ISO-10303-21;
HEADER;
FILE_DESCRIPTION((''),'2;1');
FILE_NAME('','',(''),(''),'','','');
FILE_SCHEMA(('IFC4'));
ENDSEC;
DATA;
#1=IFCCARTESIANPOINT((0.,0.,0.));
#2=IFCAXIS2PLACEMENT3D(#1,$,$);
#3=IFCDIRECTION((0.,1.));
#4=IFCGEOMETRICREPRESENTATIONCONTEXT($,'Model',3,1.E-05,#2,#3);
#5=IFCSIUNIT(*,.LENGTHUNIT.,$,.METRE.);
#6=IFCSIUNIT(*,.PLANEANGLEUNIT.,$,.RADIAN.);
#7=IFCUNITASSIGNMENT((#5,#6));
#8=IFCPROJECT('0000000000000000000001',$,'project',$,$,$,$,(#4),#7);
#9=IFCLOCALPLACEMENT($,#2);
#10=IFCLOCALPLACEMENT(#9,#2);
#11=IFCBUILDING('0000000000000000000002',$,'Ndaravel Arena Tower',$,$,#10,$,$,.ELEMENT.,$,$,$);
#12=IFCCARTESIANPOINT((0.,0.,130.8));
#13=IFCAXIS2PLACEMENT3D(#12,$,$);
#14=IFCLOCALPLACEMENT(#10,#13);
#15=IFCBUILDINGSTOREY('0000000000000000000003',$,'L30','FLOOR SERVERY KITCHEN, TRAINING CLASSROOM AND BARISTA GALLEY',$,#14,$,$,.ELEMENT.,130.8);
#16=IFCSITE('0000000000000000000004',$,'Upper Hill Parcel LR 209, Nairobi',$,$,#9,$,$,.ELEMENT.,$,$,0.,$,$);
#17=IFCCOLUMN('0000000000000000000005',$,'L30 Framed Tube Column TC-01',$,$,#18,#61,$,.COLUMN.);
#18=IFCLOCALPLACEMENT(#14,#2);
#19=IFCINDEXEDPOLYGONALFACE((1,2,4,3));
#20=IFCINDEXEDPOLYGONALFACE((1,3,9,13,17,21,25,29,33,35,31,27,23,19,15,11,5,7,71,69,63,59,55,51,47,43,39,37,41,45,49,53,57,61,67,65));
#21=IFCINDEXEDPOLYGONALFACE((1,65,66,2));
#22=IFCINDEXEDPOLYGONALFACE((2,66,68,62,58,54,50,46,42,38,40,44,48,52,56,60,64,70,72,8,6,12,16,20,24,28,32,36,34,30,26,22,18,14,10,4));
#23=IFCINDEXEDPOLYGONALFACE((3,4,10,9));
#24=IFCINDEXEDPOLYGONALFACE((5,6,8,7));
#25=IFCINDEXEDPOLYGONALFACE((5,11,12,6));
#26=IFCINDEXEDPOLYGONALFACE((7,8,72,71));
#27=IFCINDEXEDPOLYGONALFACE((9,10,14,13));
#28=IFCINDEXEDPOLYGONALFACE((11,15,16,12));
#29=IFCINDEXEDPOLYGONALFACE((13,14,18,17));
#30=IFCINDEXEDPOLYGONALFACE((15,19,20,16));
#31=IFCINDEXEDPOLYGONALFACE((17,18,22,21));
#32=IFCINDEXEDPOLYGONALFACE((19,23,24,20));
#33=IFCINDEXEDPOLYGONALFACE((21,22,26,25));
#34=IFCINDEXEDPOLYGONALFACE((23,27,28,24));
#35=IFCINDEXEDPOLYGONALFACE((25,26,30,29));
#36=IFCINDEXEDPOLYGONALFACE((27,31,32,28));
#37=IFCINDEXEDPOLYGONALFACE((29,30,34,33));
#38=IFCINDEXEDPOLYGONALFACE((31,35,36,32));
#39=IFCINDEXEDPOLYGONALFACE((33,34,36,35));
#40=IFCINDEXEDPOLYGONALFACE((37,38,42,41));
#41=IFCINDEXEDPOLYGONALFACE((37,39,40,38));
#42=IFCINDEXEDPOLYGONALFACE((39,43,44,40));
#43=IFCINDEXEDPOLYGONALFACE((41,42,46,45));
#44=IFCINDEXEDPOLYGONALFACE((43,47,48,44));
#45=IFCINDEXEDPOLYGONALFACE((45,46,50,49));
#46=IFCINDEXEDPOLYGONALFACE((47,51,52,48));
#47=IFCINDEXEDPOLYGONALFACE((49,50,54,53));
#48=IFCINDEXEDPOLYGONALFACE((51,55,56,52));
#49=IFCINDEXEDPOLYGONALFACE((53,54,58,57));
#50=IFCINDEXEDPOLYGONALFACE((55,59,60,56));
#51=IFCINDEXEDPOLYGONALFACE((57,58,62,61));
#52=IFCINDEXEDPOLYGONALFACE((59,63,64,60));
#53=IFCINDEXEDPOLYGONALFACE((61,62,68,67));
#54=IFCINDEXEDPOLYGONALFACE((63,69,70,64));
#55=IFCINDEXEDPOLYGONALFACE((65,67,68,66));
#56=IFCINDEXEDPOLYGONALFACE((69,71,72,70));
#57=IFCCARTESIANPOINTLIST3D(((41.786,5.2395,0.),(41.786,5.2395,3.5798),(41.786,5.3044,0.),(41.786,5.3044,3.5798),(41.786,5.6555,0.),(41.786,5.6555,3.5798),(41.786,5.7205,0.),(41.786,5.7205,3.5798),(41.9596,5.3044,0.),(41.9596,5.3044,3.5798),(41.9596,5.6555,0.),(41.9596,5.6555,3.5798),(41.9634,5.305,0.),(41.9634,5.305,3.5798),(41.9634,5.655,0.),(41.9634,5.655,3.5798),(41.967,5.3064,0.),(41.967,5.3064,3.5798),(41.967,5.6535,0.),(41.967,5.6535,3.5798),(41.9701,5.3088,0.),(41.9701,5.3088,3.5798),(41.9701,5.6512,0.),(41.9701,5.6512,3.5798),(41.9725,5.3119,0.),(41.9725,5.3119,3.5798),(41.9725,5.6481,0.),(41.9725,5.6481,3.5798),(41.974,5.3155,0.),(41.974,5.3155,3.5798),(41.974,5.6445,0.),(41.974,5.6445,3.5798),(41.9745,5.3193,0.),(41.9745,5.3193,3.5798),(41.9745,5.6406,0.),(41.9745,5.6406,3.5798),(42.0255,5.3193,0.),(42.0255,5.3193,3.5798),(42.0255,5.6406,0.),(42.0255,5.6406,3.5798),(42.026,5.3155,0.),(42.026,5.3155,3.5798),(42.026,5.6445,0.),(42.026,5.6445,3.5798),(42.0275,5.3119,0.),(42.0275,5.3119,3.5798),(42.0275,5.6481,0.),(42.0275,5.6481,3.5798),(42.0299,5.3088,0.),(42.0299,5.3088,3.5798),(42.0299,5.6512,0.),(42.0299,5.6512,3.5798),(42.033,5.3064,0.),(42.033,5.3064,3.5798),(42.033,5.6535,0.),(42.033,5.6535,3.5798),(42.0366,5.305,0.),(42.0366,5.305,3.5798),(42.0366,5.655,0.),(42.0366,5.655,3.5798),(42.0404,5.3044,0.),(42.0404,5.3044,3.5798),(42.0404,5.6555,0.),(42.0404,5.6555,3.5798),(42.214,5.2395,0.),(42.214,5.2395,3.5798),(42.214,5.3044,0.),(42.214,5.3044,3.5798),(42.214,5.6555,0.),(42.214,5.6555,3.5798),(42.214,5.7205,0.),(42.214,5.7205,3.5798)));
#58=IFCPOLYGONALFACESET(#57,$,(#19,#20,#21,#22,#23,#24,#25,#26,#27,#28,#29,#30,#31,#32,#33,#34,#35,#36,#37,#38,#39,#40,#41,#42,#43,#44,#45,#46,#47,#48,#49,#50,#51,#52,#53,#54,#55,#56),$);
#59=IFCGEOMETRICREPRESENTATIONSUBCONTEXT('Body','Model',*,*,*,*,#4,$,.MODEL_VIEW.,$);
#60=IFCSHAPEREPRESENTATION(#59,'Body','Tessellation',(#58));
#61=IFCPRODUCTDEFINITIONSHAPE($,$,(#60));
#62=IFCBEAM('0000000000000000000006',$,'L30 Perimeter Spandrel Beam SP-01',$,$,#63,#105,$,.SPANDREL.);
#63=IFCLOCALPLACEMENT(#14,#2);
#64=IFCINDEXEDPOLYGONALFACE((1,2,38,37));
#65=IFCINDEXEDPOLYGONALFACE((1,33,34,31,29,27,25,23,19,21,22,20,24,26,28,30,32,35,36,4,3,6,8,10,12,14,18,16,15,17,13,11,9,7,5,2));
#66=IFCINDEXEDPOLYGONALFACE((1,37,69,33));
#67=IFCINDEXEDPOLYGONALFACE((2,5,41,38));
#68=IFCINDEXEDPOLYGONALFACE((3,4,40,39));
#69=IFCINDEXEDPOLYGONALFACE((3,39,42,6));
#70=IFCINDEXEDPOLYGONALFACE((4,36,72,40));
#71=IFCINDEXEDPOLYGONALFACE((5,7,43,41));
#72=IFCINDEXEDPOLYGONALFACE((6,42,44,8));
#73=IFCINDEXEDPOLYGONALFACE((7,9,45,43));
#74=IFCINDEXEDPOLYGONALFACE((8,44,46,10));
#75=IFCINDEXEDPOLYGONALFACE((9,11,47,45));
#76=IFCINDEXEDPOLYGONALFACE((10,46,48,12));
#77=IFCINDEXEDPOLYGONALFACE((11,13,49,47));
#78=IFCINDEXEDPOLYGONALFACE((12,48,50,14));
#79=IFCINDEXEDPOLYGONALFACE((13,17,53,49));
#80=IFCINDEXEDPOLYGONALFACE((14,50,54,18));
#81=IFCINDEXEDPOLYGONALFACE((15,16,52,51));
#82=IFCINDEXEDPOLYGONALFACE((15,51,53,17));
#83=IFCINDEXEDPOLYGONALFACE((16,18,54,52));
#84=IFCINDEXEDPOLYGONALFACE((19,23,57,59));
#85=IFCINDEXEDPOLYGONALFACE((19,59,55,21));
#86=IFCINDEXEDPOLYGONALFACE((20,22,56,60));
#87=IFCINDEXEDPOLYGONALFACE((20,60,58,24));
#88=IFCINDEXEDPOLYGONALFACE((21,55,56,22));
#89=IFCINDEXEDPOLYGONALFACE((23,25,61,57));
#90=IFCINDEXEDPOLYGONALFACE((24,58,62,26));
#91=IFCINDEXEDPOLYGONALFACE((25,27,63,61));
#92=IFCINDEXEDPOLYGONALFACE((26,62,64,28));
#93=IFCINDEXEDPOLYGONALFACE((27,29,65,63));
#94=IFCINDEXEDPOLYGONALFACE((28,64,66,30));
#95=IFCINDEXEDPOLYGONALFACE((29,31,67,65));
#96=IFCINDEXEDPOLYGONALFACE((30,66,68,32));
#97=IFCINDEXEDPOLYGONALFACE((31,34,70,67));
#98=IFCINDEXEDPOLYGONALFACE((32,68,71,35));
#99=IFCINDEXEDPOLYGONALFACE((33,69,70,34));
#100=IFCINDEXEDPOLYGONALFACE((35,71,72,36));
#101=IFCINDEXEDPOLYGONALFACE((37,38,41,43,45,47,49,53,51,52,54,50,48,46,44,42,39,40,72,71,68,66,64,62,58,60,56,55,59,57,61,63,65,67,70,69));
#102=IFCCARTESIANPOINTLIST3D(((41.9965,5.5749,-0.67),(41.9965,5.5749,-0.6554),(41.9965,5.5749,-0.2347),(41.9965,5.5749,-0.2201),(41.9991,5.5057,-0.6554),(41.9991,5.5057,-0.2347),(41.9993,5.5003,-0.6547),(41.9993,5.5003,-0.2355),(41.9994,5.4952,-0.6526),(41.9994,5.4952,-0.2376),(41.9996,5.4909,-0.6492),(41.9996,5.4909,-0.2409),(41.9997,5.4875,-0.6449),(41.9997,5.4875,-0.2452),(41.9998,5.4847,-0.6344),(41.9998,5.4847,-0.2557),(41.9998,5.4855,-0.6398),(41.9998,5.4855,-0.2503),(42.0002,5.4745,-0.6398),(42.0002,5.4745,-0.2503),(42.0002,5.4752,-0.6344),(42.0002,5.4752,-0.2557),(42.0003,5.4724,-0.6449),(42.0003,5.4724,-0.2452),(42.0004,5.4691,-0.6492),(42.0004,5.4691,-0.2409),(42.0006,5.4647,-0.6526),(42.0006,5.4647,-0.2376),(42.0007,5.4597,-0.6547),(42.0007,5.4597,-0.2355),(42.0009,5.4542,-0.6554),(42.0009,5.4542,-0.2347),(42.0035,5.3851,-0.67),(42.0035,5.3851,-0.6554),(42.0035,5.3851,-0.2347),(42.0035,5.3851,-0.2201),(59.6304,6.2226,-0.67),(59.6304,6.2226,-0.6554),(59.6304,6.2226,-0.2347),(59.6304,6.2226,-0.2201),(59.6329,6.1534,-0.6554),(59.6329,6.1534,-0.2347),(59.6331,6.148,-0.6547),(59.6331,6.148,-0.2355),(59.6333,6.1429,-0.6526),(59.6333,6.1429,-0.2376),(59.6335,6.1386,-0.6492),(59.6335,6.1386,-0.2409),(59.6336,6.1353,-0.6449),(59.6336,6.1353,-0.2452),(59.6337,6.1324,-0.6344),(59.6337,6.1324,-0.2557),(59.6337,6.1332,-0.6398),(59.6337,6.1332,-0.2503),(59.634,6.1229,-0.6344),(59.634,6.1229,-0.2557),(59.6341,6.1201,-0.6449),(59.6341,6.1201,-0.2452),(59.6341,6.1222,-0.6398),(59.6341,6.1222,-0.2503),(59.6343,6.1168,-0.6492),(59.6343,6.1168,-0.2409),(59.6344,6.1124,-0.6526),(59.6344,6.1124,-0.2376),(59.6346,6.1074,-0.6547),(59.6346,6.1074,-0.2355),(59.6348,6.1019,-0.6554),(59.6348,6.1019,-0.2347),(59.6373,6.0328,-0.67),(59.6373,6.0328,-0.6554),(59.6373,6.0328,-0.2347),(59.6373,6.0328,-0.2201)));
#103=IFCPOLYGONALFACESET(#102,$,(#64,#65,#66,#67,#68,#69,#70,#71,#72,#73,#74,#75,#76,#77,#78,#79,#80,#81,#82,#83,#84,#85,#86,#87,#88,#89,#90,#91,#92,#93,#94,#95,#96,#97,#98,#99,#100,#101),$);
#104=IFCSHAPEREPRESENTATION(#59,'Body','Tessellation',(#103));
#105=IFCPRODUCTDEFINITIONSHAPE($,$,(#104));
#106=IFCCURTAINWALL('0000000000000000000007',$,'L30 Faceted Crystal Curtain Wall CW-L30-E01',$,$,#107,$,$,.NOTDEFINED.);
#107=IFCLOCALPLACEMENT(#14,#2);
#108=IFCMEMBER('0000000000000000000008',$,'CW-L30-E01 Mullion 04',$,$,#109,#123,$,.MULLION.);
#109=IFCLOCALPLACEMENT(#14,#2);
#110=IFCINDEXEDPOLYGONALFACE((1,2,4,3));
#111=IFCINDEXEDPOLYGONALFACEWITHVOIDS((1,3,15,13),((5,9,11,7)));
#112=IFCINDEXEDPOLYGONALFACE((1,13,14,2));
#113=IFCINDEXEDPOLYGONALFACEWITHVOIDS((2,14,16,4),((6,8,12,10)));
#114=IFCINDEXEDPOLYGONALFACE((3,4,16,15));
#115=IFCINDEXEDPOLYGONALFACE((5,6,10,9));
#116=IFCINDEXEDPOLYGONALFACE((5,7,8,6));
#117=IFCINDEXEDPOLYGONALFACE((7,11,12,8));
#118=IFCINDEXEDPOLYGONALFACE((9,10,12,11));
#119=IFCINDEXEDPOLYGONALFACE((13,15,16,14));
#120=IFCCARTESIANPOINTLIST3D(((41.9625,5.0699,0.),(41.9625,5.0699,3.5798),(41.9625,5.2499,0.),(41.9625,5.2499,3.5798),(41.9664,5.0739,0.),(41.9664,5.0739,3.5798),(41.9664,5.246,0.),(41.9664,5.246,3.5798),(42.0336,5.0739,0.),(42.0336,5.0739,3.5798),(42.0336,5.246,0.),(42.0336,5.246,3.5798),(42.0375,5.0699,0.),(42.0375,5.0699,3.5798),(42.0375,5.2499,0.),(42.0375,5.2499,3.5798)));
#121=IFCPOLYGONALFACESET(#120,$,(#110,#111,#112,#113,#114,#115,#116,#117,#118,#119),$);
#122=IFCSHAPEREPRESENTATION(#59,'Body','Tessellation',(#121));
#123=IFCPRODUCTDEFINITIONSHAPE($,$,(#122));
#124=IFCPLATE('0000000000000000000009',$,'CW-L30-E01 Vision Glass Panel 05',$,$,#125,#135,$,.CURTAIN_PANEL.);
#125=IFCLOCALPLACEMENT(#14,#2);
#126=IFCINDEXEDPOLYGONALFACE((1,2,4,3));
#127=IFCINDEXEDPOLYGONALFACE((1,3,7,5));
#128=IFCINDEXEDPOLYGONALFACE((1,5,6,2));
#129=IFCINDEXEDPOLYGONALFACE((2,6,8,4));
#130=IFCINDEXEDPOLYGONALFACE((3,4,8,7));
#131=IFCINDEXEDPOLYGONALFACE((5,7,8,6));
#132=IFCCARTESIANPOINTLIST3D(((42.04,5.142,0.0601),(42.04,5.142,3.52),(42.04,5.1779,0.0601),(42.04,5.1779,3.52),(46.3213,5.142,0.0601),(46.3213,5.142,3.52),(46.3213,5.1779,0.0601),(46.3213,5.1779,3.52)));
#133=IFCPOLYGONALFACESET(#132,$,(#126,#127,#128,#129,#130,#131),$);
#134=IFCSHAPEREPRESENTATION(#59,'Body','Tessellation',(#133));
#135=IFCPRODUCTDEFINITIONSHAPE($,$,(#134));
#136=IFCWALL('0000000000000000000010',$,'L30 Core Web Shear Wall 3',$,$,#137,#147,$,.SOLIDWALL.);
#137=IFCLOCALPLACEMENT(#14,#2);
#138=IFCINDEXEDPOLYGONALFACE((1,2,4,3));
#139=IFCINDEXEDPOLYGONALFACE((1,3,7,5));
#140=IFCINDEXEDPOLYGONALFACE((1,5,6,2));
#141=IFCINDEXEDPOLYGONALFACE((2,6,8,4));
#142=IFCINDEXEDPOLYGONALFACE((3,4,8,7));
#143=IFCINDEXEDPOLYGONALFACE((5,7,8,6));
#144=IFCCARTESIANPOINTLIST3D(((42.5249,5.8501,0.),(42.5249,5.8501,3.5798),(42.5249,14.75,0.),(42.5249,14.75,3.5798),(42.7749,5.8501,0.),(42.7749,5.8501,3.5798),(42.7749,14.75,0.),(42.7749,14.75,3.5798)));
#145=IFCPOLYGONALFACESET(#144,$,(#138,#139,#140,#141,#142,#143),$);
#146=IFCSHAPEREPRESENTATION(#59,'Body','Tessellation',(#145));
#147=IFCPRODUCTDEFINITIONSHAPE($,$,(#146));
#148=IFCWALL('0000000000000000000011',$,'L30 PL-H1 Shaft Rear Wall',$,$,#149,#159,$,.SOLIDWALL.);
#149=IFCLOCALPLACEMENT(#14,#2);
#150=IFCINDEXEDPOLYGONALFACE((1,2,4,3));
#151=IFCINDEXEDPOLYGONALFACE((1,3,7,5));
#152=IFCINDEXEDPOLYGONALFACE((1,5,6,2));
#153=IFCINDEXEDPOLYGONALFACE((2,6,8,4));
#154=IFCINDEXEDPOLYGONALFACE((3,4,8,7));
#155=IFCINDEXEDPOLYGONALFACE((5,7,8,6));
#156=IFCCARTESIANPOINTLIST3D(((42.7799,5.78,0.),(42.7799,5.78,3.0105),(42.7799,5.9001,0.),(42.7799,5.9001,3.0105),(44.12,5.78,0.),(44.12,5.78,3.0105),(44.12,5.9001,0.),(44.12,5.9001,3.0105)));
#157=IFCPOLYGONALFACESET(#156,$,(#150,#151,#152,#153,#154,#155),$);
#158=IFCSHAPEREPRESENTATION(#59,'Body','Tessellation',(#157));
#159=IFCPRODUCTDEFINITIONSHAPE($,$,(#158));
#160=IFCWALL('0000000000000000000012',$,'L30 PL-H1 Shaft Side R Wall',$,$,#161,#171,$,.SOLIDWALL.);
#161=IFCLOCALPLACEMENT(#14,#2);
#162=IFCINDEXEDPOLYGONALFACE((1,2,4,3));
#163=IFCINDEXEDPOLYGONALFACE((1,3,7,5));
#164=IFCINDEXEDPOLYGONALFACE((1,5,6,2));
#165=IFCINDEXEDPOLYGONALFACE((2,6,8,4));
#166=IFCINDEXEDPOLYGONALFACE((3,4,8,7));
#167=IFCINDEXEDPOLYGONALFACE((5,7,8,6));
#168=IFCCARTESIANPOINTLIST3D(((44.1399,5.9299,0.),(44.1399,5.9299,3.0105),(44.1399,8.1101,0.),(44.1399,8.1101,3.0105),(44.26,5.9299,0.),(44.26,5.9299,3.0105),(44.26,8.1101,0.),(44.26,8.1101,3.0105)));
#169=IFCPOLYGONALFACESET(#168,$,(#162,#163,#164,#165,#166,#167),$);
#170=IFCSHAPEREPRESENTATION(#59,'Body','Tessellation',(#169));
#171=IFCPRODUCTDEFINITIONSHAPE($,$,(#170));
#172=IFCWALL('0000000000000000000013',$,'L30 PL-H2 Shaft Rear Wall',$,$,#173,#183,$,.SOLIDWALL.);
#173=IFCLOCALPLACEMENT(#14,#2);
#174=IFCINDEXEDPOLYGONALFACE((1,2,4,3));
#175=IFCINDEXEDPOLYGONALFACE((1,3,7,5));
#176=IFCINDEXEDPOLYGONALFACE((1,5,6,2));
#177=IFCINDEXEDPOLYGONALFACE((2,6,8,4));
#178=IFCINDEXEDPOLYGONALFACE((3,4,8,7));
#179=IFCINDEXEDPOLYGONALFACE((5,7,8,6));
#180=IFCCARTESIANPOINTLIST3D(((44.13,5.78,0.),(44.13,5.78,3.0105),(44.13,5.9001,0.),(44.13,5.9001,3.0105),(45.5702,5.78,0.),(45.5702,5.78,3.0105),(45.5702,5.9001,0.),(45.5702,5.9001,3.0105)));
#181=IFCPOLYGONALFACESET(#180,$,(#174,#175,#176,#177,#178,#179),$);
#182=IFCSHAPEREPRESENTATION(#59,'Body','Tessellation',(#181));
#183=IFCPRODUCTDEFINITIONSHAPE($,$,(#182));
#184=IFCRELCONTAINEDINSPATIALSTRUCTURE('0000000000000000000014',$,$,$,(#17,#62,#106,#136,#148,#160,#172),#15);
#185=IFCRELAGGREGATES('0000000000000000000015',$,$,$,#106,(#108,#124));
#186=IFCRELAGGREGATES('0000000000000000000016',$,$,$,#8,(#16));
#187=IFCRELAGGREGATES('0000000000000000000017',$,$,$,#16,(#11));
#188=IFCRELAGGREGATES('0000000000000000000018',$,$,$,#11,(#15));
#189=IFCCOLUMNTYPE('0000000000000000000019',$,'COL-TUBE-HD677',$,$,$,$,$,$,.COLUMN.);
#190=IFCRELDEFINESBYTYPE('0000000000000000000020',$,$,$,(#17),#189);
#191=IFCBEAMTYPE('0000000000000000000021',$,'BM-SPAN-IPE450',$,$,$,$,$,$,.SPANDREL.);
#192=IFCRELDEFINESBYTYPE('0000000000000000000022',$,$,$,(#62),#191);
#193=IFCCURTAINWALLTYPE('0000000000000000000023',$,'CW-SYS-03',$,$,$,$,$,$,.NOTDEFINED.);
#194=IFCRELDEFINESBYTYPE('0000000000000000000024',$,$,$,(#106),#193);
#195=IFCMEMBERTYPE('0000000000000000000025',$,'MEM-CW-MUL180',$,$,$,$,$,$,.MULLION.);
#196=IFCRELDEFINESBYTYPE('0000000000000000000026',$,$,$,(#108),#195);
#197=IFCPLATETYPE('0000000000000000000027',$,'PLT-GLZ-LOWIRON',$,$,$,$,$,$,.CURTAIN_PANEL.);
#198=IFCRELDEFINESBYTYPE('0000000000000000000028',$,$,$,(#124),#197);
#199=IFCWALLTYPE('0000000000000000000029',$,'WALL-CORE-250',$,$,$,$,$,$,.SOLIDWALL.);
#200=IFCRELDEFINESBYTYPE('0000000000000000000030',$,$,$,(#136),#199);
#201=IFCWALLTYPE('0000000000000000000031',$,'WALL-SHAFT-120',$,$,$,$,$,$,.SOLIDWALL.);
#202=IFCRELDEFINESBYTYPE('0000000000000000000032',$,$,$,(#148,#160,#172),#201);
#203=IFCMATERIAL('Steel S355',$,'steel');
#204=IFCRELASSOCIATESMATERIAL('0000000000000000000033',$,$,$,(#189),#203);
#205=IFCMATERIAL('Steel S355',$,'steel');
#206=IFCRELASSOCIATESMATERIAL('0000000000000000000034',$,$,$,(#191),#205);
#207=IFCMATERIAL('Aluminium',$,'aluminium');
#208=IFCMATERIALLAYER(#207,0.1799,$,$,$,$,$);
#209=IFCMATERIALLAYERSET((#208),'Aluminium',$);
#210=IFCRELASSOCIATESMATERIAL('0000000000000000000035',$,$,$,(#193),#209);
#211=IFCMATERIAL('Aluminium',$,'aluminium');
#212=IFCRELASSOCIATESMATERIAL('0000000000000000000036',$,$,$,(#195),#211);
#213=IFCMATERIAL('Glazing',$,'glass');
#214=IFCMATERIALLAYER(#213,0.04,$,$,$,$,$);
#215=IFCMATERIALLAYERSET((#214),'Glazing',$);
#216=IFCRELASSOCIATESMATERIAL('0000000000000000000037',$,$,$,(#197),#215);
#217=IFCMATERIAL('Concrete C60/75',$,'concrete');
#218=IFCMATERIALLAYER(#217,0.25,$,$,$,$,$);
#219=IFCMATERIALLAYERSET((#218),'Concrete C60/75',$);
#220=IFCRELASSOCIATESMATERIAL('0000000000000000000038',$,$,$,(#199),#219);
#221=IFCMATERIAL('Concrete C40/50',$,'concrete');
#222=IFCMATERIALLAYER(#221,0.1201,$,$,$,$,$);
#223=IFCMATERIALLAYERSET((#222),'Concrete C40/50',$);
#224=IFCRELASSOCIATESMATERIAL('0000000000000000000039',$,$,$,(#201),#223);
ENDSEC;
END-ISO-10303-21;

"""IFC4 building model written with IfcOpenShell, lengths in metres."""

from ifc_helpers import new_model, si_unit, direction, frame, frame_2d, origin, origin_2d, place, context, subcontext, project, spatial, rectangle, hollow_rectangle, i_section, extrude, material, layer, layer_set, material_profile, profile_set, type_object, element, aggregate, save


model = new_model("IFC4")

# Units and contexts
model_context = context("Model", 3, precision=1e-05, world=origin(), true_north=direction((0.0, 1.0)))
body_context = subcontext(model_context, "Body", "Model", "MODEL_VIEW")
ifc_project = project(units=[si_unit("LENGTHUNIT", "METRE"), si_unit("PLANEANGLEUNIT", "RADIAN")], contexts=[model_context])

# Site, building, storey
site_placement = place(None, origin())
site = spatial("IfcSite", under=ifc_project, at=site_placement, Name="Upper Hill Parcel LR 209, Nairobi", CompositionType="ELEMENT", RefElevation=0.0)
building_placement = place(site_placement, origin())
building = spatial("IfcBuilding", under=site, at=building_placement, Name="Ndaravel Arena Tower", CompositionType="ELEMENT")
storey_placement = place(building_placement, frame((0.0, 0.0, 130.8)))
storey = spatial("IfcBuildingStorey", under=building, at=storey_placement, Name="L30", Description="FLOOR SERVERY KITCHEN, TRAINING CLASSROOM AND BARISTA GALLEY", CompositionType="ELEMENT", Elevation=130.8)

# Column
ifc_material_1 = material(Name="Steel S355", Category="steel")
ifc_material_profile_1 = material_profile(ifc_material_1, i_section(OverallWidth=0.428, OverallDepth=0.481, WebThickness=0.051, FlangeThickness=0.0649, FilletRadius=0.0149, at=origin_2d()), Name="HD 400x677")
ifc_profile_set_1 = profile_set([ifc_material_profile_1], Name="Steel S355")
column_type = type_object("IfcColumnType", Name="COL-TUBE-HD677", PredefinedType="COLUMN", material=ifc_profile_set_1)
column_placement = place(storey_placement, frame((42.0, 5.48, 0.0), z_axis=(0.0, 0.0, 1.0), x_axis=(1.0, 0.0, 0.0)))
element("IfcColumn", 1, at=column_placement, inside=storey, type_object=column_type, Name="L30 Framed Tube Column TC-01", PredefinedType="COLUMN", context=body_context, shape_type="SweptSolid", body=[
    extrude(i_section(OverallWidth=0.428, OverallDepth=0.481, WebThickness=0.051, FlangeThickness=0.0649, FilletRadius=0.0149, at=origin_2d()), origin(), (0.0, 0.0, 1.0), 3.5798),
])

# Beam
ifc_material_2 = material(Name="Steel S355", Category="steel")
ifc_material_profile_2 = material_profile(ifc_material_2, i_section(OverallWidth=0.1899, OverallDepth=0.45, WebThickness=0.0095, FlangeThickness=0.0146, FilletRadius=0.021, at=origin_2d()), Name="IPE 450")
ifc_profile_set_2 = profile_set([ifc_material_profile_2], Name="Steel S355")
beam_type = type_object("IfcBeamType", Name="BM-SPAN-IPE450", PredefinedType="SPANDREL", material=ifc_profile_set_2)
beam_placement = place(storey_placement, frame((42.0, 5.48, -0.4451), z_axis=(0.999326, 0.036706, 0.0), x_axis=(-0.036706, 0.999326, 0.0)))
element("IfcBeam", 2, at=beam_placement, inside=storey, type_object=beam_type, Name="L30 Perimeter Spandrel Beam SP-01", PredefinedType="SPANDREL", context=body_context, shape_type="SweptSolid", body=[
    extrude(i_section(OverallWidth=0.1899, OverallDepth=0.45, WebThickness=0.0095, FlangeThickness=0.0146, FilletRadius=0.021, at=origin_2d()), origin(), (0.0, 0.0, 1.0), 17.6458),
])

# Curtain wall, member, plate
ifc_material_3 = material(Name="Aluminium", Category="aluminium")
ifc_layer_1 = layer(ifc_material_3, 0.1799)
ifc_layer_set_1 = layer_set([ifc_layer_1], Name="Aluminium")
curtain_wall_type = type_object("IfcCurtainWallType", Name="CW-SYS-03", PredefinedType="NOTDEFINED", material=ifc_layer_set_1)
curtain_wall_placement = place(storey_placement, origin())
curtain_wall = element("IfcCurtainWall", 3, at=curtain_wall_placement, inside=storey, type_object=curtain_wall_type, Name="L30 Faceted Crystal Curtain Wall CW-L30-E01", PredefinedType="NOTDEFINED")
ifc_material_4 = material(Name="Aluminium", Category="aluminium")
ifc_material_profile_3 = material_profile(ifc_material_4, hollow_rectangle(XDim=0.075, YDim=0.1799, WallThickness=0.0039, at=origin_2d()), Name="CW MULLION 75x180x4")
ifc_profile_set_3 = profile_set([ifc_material_profile_3], Name="Aluminium")
member_type = type_object("IfcMemberType", Name="MEM-CW-MUL180", PredefinedType="MULLION", material=ifc_profile_set_3)
member_placement = place(storey_placement, frame((42.0, 5.1599, 0.0), z_axis=(0.0, 0.0, 1.0), x_axis=(1.0, 0.0, 0.0)))
member = element("IfcMember", 4, at=member_placement, type_object=member_type, Name="CW-L30-E01 Mullion 04", PredefinedType="MULLION", context=body_context, shape_type="SweptSolid", body=[
    extrude(hollow_rectangle(XDim=0.075, YDim=0.1799, WallThickness=0.0039, at=origin_2d()), origin(), (0.0, 0.0, 1.0), 3.5798),
])
ifc_material_5 = material(Name="Glazing", Category="glass")
ifc_layer_2 = layer(ifc_material_5, 0.04)
ifc_layer_set_2 = layer_set([ifc_layer_2], Name="Glazing")
plate_type = type_object("IfcPlateType", Name="PLT-GLZ-LOWIRON", PredefinedType="CURTAIN_PANEL", material=ifc_layer_set_2)
plate_placement = place(storey_placement, frame((44.1807, 5.1599, 0.0601), z_axis=(0.0, 0.0, 1.0), x_axis=(1.0, 0.0, 0.0)))
plate = element("IfcPlate", 5, at=plate_placement, type_object=plate_type, Name="CW-L30-E01 Vision Glass Panel 05", PredefinedType="CURTAIN_PANEL", context=body_context, shape_type="SweptSolid", body=[
    extrude(rectangle(XDim=4.2812, YDim=0.0359, at=origin_2d()), origin(), (0.0, 0.0, 1.0), 3.46),
])
aggregate(curtain_wall, [member, plate])

# Walls
ifc_material_6 = material(Name="Concrete C60/75", Category="concrete")
ifc_layer_3 = layer(ifc_material_6, 0.25)
ifc_layer_set_3 = layer_set([ifc_layer_3], Name="Concrete C60/75")
wall_type_1 = type_object("IfcWallType", Name="WALL-CORE-250", PredefinedType="SOLIDWALL", material=ifc_layer_set_3)
wall_1_placement = place(storey_placement, frame((42.6499, 5.8501, 0.0), z_axis=(0.0, 0.0, 1.0), x_axis=(0.0, 1.0, 0.0)))
element("IfcWall", 6, at=wall_1_placement, inside=storey, type_object=wall_type_1, Name="L30 Core Web Shear Wall 3", PredefinedType="SOLIDWALL", context=body_context, shape_type="SweptSolid", body=[
    extrude(rectangle(XDim=8.8999, YDim=0.25, at=frame_2d((4.45, 0.0))), origin(), (0.0, 0.0, 1.0), 3.5798),
])
ifc_material_7 = material(Name="Concrete C40/50", Category="concrete")
ifc_layer_4 = layer(ifc_material_7, 0.1201)
ifc_layer_set_4 = layer_set([ifc_layer_4], Name="Concrete C40/50")
wall_type_2 = type_object("IfcWallType", Name="WALL-SHAFT-120", PredefinedType="SOLIDWALL", material=ifc_layer_set_4)
wall_2_placement = place(storey_placement, frame((42.78, 5.8401, 0.0), z_axis=(0.0, 0.0, 1.0), x_axis=(1.0, 0.0, 0.0)))
element("IfcWall", 7, at=wall_2_placement, inside=storey, type_object=wall_type_2, Name="L30 PL-H1 Shaft Rear Wall", PredefinedType="SOLIDWALL", context=body_context, shape_type="SweptSolid", body=[
    extrude(rectangle(XDim=1.3401, YDim=0.1201, at=frame_2d((0.6699, 0.0))), origin(), (0.0, 0.0, 1.0), 3.0105),
])
wall_3_placement = place(storey_placement, frame((44.2, 5.9299, 0.0), z_axis=(0.0, 0.0, 1.0), x_axis=(0.0, 1.0, 0.0)))
element("IfcWall", 8, at=wall_3_placement, inside=storey, type_object=wall_type_2, Name="L30 PL-H1 Shaft Side R Wall", PredefinedType="SOLIDWALL", context=body_context, shape_type="SweptSolid", body=[
    extrude(rectangle(XDim=2.1802, YDim=0.1201, at=frame_2d((1.0901, 0.0))), origin(), (0.0, 0.0, 1.0), 3.0105),
])
wall_4_placement = place(storey_placement, frame((44.1299, 5.8401, 0.0), z_axis=(0.0, 0.0, 1.0), x_axis=(1.0, 0.0, 0.0)))
element("IfcWall", 9, at=wall_4_placement, inside=storey, type_object=wall_type_2, Name="L30 PL-H2 Shaft Rear Wall", PredefinedType="SOLIDWALL", context=body_context, shape_type="SweptSolid", body=[
    extrude(rectangle(XDim=1.4402, YDim=0.1201, at=frame_2d((0.7202, 0.0))), origin(), (0.0, 0.0, 1.0), 3.0105),
])

save(model, "model.ifc")
